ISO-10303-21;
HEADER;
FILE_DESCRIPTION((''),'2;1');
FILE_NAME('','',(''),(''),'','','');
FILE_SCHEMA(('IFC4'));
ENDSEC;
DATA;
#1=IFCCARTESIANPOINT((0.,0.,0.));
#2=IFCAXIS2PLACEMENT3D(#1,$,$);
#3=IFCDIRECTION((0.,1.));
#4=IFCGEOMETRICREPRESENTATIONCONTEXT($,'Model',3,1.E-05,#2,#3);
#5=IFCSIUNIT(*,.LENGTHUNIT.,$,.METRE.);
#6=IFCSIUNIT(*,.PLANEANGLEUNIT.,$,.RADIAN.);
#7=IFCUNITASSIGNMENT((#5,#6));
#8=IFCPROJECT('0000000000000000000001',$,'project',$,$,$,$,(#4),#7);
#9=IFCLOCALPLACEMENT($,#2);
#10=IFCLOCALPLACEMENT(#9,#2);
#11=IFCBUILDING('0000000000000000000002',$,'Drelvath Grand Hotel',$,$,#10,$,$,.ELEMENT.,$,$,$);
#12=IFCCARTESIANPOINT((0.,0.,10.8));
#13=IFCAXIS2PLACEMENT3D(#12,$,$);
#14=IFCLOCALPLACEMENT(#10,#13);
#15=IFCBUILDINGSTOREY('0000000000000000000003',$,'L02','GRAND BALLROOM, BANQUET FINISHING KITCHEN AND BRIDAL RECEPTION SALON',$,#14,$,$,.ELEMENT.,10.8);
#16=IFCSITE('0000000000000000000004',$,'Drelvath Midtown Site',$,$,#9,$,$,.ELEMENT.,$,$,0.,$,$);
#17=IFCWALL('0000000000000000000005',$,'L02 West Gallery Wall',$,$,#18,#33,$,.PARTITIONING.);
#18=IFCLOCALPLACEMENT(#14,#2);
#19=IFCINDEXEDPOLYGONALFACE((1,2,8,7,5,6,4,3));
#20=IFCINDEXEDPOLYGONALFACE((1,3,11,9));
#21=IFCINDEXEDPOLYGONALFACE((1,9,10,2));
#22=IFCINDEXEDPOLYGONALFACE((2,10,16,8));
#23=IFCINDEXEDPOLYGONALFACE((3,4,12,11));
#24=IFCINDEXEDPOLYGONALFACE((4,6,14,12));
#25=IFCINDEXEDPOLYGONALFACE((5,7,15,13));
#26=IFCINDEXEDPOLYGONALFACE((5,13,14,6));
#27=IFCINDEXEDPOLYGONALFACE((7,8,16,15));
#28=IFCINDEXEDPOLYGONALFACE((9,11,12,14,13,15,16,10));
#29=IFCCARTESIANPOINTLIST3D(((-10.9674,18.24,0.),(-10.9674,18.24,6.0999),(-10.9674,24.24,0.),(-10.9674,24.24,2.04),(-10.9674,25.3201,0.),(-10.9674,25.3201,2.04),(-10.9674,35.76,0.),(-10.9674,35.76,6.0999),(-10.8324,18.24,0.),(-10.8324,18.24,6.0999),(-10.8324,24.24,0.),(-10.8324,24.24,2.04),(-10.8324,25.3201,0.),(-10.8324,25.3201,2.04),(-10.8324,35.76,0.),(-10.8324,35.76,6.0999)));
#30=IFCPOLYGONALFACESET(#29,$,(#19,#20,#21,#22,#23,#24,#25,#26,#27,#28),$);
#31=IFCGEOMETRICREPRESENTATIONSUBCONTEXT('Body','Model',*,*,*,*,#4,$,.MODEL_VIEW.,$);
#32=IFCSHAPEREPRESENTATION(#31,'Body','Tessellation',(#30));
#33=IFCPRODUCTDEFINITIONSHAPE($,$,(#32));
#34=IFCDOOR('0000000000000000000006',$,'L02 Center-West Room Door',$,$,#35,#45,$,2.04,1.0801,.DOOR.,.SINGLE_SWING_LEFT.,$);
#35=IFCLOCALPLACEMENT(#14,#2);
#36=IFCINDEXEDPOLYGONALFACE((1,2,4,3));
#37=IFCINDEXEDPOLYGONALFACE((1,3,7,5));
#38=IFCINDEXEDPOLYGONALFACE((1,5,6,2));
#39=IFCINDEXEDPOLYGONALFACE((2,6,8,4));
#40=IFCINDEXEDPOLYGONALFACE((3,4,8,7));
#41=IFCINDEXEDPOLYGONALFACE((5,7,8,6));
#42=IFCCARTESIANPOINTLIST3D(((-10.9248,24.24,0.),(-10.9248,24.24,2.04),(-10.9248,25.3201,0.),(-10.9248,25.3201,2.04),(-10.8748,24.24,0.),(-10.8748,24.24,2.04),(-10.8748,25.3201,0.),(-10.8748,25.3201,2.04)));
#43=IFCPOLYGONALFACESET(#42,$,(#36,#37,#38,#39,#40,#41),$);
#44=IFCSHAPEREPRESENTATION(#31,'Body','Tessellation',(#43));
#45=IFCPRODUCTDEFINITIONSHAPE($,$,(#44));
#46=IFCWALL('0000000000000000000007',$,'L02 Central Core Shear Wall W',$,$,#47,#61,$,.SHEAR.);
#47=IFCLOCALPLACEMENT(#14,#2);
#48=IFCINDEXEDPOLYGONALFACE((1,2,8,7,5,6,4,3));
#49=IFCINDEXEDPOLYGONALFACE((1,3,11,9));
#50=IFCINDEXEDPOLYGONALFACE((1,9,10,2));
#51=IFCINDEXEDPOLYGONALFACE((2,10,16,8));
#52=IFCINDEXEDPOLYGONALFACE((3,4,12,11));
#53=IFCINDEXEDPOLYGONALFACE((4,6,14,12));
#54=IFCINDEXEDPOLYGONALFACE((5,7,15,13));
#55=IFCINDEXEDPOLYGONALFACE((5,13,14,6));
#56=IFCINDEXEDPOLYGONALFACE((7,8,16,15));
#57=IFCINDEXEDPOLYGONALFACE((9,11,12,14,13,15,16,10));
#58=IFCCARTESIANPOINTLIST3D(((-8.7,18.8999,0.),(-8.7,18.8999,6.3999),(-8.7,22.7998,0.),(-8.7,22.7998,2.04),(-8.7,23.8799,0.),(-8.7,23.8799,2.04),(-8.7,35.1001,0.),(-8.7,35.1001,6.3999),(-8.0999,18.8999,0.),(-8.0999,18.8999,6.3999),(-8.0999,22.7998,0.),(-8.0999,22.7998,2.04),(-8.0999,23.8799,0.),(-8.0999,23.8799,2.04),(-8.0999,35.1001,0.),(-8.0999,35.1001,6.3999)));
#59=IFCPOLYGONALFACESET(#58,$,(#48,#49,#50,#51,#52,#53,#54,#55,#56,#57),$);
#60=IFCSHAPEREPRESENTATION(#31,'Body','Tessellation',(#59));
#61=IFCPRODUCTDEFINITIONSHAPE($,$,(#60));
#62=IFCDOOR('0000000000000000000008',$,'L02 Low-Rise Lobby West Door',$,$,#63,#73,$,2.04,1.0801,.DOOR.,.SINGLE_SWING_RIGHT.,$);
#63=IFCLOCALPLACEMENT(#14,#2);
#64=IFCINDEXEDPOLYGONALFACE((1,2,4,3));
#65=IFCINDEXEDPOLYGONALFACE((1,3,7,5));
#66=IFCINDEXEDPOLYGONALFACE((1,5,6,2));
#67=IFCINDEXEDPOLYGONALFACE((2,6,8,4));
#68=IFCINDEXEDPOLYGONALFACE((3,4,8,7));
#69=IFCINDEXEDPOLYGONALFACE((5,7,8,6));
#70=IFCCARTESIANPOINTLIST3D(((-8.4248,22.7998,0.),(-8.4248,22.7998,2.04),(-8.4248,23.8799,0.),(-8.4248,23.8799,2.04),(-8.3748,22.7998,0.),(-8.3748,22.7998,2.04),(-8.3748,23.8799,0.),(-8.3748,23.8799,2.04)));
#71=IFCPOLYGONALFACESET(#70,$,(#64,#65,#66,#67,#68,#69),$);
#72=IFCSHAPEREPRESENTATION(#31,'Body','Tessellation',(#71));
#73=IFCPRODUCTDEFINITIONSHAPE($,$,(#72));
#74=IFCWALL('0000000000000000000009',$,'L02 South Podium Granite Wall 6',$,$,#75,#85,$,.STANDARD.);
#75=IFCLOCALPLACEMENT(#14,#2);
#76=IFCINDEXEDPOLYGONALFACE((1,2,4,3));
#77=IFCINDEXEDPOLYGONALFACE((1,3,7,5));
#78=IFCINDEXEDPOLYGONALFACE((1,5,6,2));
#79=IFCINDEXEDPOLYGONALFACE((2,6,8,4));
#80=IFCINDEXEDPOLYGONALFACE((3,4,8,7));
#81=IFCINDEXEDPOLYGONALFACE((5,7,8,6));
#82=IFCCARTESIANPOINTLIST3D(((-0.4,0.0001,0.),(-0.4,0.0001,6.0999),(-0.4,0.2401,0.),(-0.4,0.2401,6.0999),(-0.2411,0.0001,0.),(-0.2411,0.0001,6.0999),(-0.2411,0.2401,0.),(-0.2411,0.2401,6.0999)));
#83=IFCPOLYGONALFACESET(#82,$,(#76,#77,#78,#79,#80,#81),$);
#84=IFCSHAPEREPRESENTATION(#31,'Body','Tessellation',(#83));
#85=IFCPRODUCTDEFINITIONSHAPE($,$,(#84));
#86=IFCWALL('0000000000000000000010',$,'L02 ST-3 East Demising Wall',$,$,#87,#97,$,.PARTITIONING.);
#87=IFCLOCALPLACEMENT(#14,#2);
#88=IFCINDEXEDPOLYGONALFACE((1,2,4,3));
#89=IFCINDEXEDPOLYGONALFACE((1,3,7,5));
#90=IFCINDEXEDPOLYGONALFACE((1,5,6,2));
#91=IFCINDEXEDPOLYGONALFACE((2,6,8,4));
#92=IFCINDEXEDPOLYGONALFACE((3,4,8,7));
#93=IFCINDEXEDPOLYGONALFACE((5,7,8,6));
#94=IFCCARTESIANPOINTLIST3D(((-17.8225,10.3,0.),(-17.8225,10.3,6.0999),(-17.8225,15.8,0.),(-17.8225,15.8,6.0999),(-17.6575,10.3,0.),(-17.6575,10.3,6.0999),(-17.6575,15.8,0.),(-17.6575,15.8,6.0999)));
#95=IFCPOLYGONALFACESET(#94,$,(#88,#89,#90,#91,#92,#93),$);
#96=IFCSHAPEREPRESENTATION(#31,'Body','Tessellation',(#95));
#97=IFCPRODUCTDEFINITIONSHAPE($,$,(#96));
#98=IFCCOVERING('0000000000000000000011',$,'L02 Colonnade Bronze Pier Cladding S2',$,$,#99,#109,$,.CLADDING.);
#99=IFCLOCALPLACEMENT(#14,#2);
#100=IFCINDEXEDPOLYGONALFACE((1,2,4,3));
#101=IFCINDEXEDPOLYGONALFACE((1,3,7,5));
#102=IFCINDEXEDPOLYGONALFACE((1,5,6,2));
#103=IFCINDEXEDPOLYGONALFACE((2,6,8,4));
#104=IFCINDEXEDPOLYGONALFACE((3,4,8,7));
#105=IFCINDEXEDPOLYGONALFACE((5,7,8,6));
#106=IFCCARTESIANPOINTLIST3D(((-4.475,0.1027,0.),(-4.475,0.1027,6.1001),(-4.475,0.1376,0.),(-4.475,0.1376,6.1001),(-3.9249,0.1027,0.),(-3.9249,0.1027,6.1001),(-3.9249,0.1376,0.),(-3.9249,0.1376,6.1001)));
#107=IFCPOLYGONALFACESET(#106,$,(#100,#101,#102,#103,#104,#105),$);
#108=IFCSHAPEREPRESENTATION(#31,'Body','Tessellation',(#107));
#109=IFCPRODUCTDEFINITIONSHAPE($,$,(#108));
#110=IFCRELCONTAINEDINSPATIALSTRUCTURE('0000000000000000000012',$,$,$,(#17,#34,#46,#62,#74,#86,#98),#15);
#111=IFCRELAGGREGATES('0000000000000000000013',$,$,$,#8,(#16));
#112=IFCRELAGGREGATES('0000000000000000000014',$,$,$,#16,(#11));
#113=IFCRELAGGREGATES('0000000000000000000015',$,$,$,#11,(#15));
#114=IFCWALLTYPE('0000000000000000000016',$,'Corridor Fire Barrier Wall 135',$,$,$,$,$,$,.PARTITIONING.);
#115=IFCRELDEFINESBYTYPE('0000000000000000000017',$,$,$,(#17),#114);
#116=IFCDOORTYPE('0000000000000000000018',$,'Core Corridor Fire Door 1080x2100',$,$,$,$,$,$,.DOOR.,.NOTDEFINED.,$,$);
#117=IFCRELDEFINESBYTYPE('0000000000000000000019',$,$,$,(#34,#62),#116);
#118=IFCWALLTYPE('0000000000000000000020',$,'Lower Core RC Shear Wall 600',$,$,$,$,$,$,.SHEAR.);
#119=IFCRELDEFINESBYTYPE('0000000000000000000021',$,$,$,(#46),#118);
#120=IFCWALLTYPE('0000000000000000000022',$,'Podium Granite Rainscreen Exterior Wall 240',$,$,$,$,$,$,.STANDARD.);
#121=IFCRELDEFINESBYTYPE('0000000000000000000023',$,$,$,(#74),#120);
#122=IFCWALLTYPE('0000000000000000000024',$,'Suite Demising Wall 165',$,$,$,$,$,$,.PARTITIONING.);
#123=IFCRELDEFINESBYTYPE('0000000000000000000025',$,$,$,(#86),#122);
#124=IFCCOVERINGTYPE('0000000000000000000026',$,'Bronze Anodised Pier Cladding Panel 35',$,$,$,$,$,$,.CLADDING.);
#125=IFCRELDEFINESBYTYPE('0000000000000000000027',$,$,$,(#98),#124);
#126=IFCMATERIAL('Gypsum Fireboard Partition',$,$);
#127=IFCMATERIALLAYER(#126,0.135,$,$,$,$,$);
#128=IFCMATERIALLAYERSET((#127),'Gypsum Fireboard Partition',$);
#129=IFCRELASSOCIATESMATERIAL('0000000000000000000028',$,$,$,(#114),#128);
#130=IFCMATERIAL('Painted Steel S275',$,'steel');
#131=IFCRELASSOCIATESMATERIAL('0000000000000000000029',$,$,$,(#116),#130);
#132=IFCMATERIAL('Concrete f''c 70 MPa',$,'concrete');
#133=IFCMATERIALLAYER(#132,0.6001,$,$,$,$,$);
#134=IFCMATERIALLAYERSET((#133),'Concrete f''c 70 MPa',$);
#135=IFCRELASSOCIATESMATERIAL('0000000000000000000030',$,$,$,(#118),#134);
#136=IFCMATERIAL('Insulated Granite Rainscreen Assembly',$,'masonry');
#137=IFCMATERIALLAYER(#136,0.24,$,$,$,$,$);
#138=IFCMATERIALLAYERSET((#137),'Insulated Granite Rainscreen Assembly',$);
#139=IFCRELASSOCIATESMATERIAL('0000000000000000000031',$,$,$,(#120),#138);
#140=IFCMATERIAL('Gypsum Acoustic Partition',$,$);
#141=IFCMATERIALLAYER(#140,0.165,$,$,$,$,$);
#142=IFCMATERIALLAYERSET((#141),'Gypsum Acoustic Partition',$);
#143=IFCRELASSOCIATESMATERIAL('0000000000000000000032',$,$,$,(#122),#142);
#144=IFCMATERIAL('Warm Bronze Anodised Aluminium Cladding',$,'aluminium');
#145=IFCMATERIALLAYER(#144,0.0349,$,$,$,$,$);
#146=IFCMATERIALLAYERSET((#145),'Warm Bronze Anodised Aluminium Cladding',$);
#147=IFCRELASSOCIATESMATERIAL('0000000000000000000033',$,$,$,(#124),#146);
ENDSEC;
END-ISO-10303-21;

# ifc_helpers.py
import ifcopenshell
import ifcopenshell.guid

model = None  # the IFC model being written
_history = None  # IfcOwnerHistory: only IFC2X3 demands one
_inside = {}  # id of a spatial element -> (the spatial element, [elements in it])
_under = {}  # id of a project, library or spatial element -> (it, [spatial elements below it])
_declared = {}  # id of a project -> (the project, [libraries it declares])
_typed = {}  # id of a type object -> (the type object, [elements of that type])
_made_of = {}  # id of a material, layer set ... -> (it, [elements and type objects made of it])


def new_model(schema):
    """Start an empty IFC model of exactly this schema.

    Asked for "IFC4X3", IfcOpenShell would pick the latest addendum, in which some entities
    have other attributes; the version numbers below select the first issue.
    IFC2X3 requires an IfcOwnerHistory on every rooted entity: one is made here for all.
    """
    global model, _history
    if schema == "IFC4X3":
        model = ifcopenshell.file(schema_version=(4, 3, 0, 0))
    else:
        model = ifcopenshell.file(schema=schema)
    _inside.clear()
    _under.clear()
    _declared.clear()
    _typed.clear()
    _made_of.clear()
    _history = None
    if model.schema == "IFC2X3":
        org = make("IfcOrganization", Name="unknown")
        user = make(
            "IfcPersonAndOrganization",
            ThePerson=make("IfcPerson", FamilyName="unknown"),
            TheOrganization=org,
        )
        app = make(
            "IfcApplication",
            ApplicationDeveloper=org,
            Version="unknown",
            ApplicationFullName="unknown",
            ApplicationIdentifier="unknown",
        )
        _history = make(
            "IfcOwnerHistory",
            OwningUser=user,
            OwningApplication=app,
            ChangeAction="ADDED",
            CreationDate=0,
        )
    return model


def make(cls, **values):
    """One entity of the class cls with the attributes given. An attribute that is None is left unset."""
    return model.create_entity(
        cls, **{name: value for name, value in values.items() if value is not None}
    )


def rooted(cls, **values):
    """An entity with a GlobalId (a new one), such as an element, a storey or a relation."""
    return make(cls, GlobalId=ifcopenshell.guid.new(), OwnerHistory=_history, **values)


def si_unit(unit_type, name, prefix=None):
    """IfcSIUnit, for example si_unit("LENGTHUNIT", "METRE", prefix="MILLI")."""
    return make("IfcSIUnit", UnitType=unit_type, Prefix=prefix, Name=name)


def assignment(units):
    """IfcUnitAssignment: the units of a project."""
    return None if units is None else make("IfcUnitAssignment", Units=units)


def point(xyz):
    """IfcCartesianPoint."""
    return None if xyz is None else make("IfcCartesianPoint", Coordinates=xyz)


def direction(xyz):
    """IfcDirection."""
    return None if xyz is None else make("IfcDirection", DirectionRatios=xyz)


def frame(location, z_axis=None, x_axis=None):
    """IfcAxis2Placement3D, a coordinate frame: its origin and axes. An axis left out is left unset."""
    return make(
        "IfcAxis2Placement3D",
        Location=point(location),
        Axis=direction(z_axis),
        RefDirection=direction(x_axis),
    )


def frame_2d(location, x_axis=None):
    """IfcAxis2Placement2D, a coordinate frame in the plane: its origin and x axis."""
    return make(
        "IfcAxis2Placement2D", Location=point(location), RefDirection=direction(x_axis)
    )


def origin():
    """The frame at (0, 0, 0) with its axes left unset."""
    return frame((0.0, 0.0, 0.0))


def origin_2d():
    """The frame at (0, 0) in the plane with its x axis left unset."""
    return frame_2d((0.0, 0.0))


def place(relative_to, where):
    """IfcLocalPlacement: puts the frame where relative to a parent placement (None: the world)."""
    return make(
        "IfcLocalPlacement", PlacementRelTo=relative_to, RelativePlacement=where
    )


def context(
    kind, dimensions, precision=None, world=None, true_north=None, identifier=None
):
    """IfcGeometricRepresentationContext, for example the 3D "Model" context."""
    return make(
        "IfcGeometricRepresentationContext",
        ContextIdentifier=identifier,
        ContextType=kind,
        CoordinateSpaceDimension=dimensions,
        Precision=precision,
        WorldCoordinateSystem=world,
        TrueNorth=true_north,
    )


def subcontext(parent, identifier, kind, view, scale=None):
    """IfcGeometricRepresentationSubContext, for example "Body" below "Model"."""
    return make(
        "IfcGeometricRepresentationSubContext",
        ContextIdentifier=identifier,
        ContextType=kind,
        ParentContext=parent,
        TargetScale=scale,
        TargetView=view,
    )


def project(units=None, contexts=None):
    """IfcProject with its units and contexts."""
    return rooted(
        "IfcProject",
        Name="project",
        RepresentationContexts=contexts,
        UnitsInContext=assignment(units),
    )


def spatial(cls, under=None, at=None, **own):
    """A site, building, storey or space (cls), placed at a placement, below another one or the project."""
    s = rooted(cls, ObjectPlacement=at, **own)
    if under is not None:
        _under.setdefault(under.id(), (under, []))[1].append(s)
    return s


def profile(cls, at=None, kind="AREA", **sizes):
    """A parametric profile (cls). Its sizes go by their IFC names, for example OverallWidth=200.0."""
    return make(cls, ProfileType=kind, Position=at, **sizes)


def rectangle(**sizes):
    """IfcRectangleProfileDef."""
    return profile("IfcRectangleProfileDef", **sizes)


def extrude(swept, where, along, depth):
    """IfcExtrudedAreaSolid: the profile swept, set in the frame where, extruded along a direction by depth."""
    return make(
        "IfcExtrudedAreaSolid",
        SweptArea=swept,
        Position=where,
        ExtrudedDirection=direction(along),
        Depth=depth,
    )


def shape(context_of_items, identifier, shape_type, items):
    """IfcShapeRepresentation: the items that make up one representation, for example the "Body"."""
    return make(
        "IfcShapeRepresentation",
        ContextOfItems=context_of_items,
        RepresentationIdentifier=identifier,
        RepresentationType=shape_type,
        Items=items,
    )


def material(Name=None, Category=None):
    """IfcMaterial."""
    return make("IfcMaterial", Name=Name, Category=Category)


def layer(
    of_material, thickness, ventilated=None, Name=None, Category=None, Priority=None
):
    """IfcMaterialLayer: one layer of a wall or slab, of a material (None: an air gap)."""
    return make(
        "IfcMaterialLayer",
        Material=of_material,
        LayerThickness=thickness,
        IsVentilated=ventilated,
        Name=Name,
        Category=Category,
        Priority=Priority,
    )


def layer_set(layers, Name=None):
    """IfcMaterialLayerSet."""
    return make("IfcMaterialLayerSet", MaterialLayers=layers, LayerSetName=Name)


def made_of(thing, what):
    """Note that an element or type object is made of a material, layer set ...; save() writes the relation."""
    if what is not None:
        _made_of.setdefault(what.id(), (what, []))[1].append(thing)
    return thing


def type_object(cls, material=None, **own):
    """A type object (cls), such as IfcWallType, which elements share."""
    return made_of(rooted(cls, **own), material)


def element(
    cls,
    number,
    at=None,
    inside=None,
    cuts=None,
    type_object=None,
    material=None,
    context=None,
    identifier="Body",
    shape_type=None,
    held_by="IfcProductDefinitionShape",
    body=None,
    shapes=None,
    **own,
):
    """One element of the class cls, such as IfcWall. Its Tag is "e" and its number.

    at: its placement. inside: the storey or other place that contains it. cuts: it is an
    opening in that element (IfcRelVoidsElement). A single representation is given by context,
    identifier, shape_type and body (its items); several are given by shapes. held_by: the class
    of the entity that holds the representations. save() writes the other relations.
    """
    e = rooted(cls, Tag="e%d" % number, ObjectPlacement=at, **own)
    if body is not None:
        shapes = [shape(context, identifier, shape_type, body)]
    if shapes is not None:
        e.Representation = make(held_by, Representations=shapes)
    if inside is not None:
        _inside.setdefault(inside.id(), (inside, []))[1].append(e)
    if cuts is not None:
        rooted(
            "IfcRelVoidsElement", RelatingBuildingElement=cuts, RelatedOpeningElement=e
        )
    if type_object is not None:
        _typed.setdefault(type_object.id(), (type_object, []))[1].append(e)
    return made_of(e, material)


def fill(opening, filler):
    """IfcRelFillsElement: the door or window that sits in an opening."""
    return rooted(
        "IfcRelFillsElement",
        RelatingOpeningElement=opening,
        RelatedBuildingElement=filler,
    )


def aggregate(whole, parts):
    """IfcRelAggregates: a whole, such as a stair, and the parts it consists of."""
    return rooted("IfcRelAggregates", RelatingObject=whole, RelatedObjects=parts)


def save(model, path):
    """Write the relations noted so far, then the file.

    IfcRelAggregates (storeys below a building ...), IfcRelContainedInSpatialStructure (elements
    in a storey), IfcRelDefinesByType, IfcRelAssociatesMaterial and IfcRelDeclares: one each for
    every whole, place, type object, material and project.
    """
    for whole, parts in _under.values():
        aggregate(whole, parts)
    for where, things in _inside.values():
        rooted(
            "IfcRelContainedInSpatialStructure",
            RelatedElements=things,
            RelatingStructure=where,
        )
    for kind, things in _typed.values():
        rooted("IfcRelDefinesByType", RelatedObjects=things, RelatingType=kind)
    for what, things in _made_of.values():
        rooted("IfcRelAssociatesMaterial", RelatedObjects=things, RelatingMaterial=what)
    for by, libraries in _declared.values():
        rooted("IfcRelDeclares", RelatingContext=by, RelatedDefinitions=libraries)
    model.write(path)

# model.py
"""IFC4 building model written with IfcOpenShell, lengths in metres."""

from ifc_helpers import new_model, si_unit, direction, frame, frame_2d, origin, origin_2d, place, context, subcontext, project, spatial, rectangle, extrude, material, layer, layer_set, type_object, element, fill, save


model = new_model("IFC4")

# Units and contexts
model_context = context("Model", 3, precision=1e-05, world=origin(), true_north=direction((0.0, 1.0)))
body_context = subcontext(model_context, "Body", "Model", "MODEL_VIEW")
ifc_project = project(units=[si_unit("LENGTHUNIT", "METRE"), si_unit("PLANEANGLEUNIT", "RADIAN")], contexts=[model_context])

# Site, building, storey
site_placement = place(None, origin())
site = spatial("IfcSite", under=ifc_project, at=site_placement, Name="Drelvath Midtown Site", CompositionType="ELEMENT", RefElevation=0.0)
building_placement = place(site_placement, origin())
building = spatial("IfcBuilding", under=site, at=building_placement, Name="Drelvath Grand Hotel", CompositionType="ELEMENT")
storey_placement = place(building_placement, frame((0.0, 0.0, 10.8)))
storey = spatial("IfcBuildingStorey", under=building, at=storey_placement, Name="L02", Description="GRAND BALLROOM, BANQUET FINISHING KITCHEN AND BRIDAL RECEPTION SALON", CompositionType="ELEMENT", Elevation=10.8)

# Shared definitions
ifc_material_1 = material(Name="Concrete f'c 70 MPa", Category="concrete")

# Shared definitions
ifc_material_2 = material(Name="Gypsum Fireboard Partition")

# Walls, openings, doors
ifc_layer_1 = layer(ifc_material_2, 0.135)
ifc_layer_set_1 = layer_set([ifc_layer_1], Name="Gypsum Fireboard Partition")
wall_type_1 = type_object("IfcWallType", Name="Corridor Fire Barrier Wall 135", PredefinedType="PARTITIONING", material=ifc_layer_set_1)
wall_1_placement = place(storey_placement, frame((-10.8999, 18.24, 0.0), z_axis=(0.0, 0.0, 1.0), x_axis=(0.0, 1.0, 0.0)))
wall_1 = element("IfcWall", 1, at=wall_1_placement, inside=storey, type_object=wall_type_1, Name="L02 West Gallery Wall", PredefinedType="PARTITIONING", context=body_context, shape_type="SweptSolid", body=[
    extrude(rectangle(XDim=17.52, YDim=0.135, at=frame_2d((8.76, 0.0))), origin(), (0.0, 0.0, 1.0), 6.0999),
])
opening_1_placement = place(wall_1_placement, frame((6.0, 0.0, 0.0)))
opening_1 = element("IfcOpeningElement", 2, at=opening_1_placement, cuts=wall_1, PredefinedType="OPENING", context=body_context, shape_type="SweptSolid", body=[
    extrude(rectangle(XDim=1.0801, YDim=2.04, at=frame_2d((0.54, 1.02))), frame((0.0, 0.0774, 0.0), z_axis=(0.0, -1.0, 0.0), x_axis=(1.0, 0.0, 0.0)), (0.0, 0.0, 1.0), 0.155),
])
ifc_material_3 = material(Name="Painted Steel S275", Category="steel")
door_type = type_object("IfcDoorType", Name="Core Corridor Fire Door 1080x2100", OperationType="NOTDEFINED", PredefinedType="DOOR", material=ifc_material_3)
door_1_placement = place(opening_1_placement, origin())
door_1 = element("IfcDoor", 3, at=door_1_placement, inside=storey, type_object=door_type, Name="L02 Center-West Room Door", OperationType="SINGLE_SWING_LEFT", OverallHeight=2.04, OverallWidth=1.0801, PredefinedType="DOOR", context=body_context, shape_type="SweptSolid", body=[
    extrude(rectangle(XDim=1.0801, YDim=2.04, at=frame_2d((0.54, 1.02))), frame((0.0, 0.0249, 0.0), z_axis=(0.0, -1.0, 0.0), x_axis=(1.0, 0.0, 0.0)), (0.0, 0.0, 1.0), 0.05),
])
fill(opening_1, door_1)
ifc_layer_2 = layer(ifc_material_1, 0.6001)
ifc_layer_set_2 = layer_set([ifc_layer_2], Name="Concrete f'c 70 MPa")
wall_type_2 = type_object("IfcWallType", Name="Lower Core RC Shear Wall 600", PredefinedType="SHEAR", material=ifc_layer_set_2)
wall_2_placement = place(storey_placement, frame((-8.3999, 18.8999, 0.0), z_axis=(0.0, 0.0, 1.0), x_axis=(0.0, 1.0, 0.0)))
wall_2 = element("IfcWall", 4, at=wall_2_placement, inside=storey, type_object=wall_type_2, Name="L02 Central Core Shear Wall W", PredefinedType="SHEAR", context=body_context, shape_type="SweptSolid", body=[
    extrude(rectangle(XDim=16.2002, YDim=0.6001, at=frame_2d((8.1001, 0.0))), origin(), (0.0, 0.0, 1.0), 6.3999),
])
opening_2_placement = place(wall_2_placement, frame((3.8999, 0.0, 0.0)))
opening_2 = element("IfcOpeningElement", 5, at=opening_2_placement, cuts=wall_2, PredefinedType="OPENING", context=body_context, shape_type="SweptSolid", body=[
    extrude(rectangle(XDim=1.0801, YDim=2.04, at=frame_2d((0.54, 1.02))), frame((0.0, 0.3101, 0.0), z_axis=(0.0, -1.0, 0.0), x_axis=(1.0, 0.0, 0.0)), (0.0, 0.0, 1.0), 0.6201),
])
door_2_placement = place(opening_2_placement, origin())
door_2 = element("IfcDoor", 6, at=door_2_placement, inside=storey, type_object=door_type, Name="L02 Low-Rise Lobby West Door", OperationType="SINGLE_SWING_RIGHT", OverallHeight=2.04, OverallWidth=1.0801, PredefinedType="DOOR", context=body_context, shape_type="SweptSolid", body=[
    extrude(rectangle(XDim=1.0801, YDim=2.04, at=frame_2d((0.54, 1.02))), frame((0.0, 0.0249, 0.0), z_axis=(0.0, -1.0, 0.0), x_axis=(1.0, 0.0, 0.0)), (0.0, 0.0, 1.0), 0.05),
])
fill(opening_2, door_2)

# Walls
ifc_material_4 = material(Name="Insulated Granite Rainscreen Assembly", Category="masonry")
ifc_layer_3 = layer(ifc_material_4, 0.24)
ifc_layer_set_3 = layer_set([ifc_layer_3], Name="Insulated Granite Rainscreen Assembly")
wall_type_3 = type_object("IfcWallType", Name="Podium Granite Rainscreen Exterior Wall 240", PredefinedType="STANDARD", material=ifc_layer_set_3)
wall_3_placement = place(storey_placement, frame((-0.241, 0.1201, 0.0), z_axis=(0.0, 0.0, 1.0), x_axis=(-1.0, 0.0, 0.0)))
element("IfcWall", 7, at=wall_3_placement, inside=storey, type_object=wall_type_3, Name="L02 South Podium Granite Wall 6", PredefinedType="STANDARD", context=body_context, shape_type="SweptSolid", body=[
    extrude(rectangle(XDim=0.1589, YDim=0.24, at=frame_2d((0.0796, 0.0))), origin(), (0.0, 0.0, 1.0), 6.0999),
])
ifc_material_5 = material(Name="Gypsum Acoustic Partition")
ifc_layer_4 = layer(ifc_material_5, 0.165)
ifc_layer_set_4 = layer_set([ifc_layer_4], Name="Gypsum Acoustic Partition")
wall_type_4 = type_object("IfcWallType", Name="Suite Demising Wall 165", PredefinedType="PARTITIONING", material=ifc_layer_set_4)
wall_4_placement = place(storey_placement, frame((-17.74, 10.3, 0.0), z_axis=(0.0, 0.0, 1.0), x_axis=(0.0, 1.0, 0.0)))
element("IfcWall", 8, at=wall_4_placement, inside=storey, type_object=wall_type_4, Name="L02 ST-3 East Demising Wall", PredefinedType="PARTITIONING", context=body_context, shape_type="SweptSolid", body=[
    extrude(rectangle(XDim=5.5, YDim=0.165, at=frame_2d((2.75, 0.0))), origin(), (0.0, 0.0, 1.0), 6.0999),
])

# Covering
ifc_material_6 = material(Name="Warm Bronze Anodised Aluminium Cladding", Category="aluminium")
ifc_layer_5 = layer(ifc_material_6, 0.0349)
ifc_layer_set_5 = layer_set([ifc_layer_5], Name="Warm Bronze Anodised Aluminium Cladding")
covering_type = type_object("IfcCoveringType", Name="Bronze Anodised Pier Cladding Panel 35", PredefinedType="CLADDING", material=ifc_layer_set_5)
covering_placement = place(storey_placement, frame((-4.2, 0.1201, 0.0), z_axis=(0.0, 0.0, 1.0), x_axis=(1.0, 0.0, 0.0)))
element("IfcCovering", 9, at=covering_placement, inside=storey, type_object=covering_type, Name="L02 Colonnade Bronze Pier Cladding S2", PredefinedType="CLADDING", context=body_context, shape_type="SweptSolid", body=[
    extrude(rectangle(XDim=0.55, YDim=0.0349, at=origin_2d()), origin(), (0.0, 0.0, 1.0), 6.1001),
])

save(model, "model.ifc")
